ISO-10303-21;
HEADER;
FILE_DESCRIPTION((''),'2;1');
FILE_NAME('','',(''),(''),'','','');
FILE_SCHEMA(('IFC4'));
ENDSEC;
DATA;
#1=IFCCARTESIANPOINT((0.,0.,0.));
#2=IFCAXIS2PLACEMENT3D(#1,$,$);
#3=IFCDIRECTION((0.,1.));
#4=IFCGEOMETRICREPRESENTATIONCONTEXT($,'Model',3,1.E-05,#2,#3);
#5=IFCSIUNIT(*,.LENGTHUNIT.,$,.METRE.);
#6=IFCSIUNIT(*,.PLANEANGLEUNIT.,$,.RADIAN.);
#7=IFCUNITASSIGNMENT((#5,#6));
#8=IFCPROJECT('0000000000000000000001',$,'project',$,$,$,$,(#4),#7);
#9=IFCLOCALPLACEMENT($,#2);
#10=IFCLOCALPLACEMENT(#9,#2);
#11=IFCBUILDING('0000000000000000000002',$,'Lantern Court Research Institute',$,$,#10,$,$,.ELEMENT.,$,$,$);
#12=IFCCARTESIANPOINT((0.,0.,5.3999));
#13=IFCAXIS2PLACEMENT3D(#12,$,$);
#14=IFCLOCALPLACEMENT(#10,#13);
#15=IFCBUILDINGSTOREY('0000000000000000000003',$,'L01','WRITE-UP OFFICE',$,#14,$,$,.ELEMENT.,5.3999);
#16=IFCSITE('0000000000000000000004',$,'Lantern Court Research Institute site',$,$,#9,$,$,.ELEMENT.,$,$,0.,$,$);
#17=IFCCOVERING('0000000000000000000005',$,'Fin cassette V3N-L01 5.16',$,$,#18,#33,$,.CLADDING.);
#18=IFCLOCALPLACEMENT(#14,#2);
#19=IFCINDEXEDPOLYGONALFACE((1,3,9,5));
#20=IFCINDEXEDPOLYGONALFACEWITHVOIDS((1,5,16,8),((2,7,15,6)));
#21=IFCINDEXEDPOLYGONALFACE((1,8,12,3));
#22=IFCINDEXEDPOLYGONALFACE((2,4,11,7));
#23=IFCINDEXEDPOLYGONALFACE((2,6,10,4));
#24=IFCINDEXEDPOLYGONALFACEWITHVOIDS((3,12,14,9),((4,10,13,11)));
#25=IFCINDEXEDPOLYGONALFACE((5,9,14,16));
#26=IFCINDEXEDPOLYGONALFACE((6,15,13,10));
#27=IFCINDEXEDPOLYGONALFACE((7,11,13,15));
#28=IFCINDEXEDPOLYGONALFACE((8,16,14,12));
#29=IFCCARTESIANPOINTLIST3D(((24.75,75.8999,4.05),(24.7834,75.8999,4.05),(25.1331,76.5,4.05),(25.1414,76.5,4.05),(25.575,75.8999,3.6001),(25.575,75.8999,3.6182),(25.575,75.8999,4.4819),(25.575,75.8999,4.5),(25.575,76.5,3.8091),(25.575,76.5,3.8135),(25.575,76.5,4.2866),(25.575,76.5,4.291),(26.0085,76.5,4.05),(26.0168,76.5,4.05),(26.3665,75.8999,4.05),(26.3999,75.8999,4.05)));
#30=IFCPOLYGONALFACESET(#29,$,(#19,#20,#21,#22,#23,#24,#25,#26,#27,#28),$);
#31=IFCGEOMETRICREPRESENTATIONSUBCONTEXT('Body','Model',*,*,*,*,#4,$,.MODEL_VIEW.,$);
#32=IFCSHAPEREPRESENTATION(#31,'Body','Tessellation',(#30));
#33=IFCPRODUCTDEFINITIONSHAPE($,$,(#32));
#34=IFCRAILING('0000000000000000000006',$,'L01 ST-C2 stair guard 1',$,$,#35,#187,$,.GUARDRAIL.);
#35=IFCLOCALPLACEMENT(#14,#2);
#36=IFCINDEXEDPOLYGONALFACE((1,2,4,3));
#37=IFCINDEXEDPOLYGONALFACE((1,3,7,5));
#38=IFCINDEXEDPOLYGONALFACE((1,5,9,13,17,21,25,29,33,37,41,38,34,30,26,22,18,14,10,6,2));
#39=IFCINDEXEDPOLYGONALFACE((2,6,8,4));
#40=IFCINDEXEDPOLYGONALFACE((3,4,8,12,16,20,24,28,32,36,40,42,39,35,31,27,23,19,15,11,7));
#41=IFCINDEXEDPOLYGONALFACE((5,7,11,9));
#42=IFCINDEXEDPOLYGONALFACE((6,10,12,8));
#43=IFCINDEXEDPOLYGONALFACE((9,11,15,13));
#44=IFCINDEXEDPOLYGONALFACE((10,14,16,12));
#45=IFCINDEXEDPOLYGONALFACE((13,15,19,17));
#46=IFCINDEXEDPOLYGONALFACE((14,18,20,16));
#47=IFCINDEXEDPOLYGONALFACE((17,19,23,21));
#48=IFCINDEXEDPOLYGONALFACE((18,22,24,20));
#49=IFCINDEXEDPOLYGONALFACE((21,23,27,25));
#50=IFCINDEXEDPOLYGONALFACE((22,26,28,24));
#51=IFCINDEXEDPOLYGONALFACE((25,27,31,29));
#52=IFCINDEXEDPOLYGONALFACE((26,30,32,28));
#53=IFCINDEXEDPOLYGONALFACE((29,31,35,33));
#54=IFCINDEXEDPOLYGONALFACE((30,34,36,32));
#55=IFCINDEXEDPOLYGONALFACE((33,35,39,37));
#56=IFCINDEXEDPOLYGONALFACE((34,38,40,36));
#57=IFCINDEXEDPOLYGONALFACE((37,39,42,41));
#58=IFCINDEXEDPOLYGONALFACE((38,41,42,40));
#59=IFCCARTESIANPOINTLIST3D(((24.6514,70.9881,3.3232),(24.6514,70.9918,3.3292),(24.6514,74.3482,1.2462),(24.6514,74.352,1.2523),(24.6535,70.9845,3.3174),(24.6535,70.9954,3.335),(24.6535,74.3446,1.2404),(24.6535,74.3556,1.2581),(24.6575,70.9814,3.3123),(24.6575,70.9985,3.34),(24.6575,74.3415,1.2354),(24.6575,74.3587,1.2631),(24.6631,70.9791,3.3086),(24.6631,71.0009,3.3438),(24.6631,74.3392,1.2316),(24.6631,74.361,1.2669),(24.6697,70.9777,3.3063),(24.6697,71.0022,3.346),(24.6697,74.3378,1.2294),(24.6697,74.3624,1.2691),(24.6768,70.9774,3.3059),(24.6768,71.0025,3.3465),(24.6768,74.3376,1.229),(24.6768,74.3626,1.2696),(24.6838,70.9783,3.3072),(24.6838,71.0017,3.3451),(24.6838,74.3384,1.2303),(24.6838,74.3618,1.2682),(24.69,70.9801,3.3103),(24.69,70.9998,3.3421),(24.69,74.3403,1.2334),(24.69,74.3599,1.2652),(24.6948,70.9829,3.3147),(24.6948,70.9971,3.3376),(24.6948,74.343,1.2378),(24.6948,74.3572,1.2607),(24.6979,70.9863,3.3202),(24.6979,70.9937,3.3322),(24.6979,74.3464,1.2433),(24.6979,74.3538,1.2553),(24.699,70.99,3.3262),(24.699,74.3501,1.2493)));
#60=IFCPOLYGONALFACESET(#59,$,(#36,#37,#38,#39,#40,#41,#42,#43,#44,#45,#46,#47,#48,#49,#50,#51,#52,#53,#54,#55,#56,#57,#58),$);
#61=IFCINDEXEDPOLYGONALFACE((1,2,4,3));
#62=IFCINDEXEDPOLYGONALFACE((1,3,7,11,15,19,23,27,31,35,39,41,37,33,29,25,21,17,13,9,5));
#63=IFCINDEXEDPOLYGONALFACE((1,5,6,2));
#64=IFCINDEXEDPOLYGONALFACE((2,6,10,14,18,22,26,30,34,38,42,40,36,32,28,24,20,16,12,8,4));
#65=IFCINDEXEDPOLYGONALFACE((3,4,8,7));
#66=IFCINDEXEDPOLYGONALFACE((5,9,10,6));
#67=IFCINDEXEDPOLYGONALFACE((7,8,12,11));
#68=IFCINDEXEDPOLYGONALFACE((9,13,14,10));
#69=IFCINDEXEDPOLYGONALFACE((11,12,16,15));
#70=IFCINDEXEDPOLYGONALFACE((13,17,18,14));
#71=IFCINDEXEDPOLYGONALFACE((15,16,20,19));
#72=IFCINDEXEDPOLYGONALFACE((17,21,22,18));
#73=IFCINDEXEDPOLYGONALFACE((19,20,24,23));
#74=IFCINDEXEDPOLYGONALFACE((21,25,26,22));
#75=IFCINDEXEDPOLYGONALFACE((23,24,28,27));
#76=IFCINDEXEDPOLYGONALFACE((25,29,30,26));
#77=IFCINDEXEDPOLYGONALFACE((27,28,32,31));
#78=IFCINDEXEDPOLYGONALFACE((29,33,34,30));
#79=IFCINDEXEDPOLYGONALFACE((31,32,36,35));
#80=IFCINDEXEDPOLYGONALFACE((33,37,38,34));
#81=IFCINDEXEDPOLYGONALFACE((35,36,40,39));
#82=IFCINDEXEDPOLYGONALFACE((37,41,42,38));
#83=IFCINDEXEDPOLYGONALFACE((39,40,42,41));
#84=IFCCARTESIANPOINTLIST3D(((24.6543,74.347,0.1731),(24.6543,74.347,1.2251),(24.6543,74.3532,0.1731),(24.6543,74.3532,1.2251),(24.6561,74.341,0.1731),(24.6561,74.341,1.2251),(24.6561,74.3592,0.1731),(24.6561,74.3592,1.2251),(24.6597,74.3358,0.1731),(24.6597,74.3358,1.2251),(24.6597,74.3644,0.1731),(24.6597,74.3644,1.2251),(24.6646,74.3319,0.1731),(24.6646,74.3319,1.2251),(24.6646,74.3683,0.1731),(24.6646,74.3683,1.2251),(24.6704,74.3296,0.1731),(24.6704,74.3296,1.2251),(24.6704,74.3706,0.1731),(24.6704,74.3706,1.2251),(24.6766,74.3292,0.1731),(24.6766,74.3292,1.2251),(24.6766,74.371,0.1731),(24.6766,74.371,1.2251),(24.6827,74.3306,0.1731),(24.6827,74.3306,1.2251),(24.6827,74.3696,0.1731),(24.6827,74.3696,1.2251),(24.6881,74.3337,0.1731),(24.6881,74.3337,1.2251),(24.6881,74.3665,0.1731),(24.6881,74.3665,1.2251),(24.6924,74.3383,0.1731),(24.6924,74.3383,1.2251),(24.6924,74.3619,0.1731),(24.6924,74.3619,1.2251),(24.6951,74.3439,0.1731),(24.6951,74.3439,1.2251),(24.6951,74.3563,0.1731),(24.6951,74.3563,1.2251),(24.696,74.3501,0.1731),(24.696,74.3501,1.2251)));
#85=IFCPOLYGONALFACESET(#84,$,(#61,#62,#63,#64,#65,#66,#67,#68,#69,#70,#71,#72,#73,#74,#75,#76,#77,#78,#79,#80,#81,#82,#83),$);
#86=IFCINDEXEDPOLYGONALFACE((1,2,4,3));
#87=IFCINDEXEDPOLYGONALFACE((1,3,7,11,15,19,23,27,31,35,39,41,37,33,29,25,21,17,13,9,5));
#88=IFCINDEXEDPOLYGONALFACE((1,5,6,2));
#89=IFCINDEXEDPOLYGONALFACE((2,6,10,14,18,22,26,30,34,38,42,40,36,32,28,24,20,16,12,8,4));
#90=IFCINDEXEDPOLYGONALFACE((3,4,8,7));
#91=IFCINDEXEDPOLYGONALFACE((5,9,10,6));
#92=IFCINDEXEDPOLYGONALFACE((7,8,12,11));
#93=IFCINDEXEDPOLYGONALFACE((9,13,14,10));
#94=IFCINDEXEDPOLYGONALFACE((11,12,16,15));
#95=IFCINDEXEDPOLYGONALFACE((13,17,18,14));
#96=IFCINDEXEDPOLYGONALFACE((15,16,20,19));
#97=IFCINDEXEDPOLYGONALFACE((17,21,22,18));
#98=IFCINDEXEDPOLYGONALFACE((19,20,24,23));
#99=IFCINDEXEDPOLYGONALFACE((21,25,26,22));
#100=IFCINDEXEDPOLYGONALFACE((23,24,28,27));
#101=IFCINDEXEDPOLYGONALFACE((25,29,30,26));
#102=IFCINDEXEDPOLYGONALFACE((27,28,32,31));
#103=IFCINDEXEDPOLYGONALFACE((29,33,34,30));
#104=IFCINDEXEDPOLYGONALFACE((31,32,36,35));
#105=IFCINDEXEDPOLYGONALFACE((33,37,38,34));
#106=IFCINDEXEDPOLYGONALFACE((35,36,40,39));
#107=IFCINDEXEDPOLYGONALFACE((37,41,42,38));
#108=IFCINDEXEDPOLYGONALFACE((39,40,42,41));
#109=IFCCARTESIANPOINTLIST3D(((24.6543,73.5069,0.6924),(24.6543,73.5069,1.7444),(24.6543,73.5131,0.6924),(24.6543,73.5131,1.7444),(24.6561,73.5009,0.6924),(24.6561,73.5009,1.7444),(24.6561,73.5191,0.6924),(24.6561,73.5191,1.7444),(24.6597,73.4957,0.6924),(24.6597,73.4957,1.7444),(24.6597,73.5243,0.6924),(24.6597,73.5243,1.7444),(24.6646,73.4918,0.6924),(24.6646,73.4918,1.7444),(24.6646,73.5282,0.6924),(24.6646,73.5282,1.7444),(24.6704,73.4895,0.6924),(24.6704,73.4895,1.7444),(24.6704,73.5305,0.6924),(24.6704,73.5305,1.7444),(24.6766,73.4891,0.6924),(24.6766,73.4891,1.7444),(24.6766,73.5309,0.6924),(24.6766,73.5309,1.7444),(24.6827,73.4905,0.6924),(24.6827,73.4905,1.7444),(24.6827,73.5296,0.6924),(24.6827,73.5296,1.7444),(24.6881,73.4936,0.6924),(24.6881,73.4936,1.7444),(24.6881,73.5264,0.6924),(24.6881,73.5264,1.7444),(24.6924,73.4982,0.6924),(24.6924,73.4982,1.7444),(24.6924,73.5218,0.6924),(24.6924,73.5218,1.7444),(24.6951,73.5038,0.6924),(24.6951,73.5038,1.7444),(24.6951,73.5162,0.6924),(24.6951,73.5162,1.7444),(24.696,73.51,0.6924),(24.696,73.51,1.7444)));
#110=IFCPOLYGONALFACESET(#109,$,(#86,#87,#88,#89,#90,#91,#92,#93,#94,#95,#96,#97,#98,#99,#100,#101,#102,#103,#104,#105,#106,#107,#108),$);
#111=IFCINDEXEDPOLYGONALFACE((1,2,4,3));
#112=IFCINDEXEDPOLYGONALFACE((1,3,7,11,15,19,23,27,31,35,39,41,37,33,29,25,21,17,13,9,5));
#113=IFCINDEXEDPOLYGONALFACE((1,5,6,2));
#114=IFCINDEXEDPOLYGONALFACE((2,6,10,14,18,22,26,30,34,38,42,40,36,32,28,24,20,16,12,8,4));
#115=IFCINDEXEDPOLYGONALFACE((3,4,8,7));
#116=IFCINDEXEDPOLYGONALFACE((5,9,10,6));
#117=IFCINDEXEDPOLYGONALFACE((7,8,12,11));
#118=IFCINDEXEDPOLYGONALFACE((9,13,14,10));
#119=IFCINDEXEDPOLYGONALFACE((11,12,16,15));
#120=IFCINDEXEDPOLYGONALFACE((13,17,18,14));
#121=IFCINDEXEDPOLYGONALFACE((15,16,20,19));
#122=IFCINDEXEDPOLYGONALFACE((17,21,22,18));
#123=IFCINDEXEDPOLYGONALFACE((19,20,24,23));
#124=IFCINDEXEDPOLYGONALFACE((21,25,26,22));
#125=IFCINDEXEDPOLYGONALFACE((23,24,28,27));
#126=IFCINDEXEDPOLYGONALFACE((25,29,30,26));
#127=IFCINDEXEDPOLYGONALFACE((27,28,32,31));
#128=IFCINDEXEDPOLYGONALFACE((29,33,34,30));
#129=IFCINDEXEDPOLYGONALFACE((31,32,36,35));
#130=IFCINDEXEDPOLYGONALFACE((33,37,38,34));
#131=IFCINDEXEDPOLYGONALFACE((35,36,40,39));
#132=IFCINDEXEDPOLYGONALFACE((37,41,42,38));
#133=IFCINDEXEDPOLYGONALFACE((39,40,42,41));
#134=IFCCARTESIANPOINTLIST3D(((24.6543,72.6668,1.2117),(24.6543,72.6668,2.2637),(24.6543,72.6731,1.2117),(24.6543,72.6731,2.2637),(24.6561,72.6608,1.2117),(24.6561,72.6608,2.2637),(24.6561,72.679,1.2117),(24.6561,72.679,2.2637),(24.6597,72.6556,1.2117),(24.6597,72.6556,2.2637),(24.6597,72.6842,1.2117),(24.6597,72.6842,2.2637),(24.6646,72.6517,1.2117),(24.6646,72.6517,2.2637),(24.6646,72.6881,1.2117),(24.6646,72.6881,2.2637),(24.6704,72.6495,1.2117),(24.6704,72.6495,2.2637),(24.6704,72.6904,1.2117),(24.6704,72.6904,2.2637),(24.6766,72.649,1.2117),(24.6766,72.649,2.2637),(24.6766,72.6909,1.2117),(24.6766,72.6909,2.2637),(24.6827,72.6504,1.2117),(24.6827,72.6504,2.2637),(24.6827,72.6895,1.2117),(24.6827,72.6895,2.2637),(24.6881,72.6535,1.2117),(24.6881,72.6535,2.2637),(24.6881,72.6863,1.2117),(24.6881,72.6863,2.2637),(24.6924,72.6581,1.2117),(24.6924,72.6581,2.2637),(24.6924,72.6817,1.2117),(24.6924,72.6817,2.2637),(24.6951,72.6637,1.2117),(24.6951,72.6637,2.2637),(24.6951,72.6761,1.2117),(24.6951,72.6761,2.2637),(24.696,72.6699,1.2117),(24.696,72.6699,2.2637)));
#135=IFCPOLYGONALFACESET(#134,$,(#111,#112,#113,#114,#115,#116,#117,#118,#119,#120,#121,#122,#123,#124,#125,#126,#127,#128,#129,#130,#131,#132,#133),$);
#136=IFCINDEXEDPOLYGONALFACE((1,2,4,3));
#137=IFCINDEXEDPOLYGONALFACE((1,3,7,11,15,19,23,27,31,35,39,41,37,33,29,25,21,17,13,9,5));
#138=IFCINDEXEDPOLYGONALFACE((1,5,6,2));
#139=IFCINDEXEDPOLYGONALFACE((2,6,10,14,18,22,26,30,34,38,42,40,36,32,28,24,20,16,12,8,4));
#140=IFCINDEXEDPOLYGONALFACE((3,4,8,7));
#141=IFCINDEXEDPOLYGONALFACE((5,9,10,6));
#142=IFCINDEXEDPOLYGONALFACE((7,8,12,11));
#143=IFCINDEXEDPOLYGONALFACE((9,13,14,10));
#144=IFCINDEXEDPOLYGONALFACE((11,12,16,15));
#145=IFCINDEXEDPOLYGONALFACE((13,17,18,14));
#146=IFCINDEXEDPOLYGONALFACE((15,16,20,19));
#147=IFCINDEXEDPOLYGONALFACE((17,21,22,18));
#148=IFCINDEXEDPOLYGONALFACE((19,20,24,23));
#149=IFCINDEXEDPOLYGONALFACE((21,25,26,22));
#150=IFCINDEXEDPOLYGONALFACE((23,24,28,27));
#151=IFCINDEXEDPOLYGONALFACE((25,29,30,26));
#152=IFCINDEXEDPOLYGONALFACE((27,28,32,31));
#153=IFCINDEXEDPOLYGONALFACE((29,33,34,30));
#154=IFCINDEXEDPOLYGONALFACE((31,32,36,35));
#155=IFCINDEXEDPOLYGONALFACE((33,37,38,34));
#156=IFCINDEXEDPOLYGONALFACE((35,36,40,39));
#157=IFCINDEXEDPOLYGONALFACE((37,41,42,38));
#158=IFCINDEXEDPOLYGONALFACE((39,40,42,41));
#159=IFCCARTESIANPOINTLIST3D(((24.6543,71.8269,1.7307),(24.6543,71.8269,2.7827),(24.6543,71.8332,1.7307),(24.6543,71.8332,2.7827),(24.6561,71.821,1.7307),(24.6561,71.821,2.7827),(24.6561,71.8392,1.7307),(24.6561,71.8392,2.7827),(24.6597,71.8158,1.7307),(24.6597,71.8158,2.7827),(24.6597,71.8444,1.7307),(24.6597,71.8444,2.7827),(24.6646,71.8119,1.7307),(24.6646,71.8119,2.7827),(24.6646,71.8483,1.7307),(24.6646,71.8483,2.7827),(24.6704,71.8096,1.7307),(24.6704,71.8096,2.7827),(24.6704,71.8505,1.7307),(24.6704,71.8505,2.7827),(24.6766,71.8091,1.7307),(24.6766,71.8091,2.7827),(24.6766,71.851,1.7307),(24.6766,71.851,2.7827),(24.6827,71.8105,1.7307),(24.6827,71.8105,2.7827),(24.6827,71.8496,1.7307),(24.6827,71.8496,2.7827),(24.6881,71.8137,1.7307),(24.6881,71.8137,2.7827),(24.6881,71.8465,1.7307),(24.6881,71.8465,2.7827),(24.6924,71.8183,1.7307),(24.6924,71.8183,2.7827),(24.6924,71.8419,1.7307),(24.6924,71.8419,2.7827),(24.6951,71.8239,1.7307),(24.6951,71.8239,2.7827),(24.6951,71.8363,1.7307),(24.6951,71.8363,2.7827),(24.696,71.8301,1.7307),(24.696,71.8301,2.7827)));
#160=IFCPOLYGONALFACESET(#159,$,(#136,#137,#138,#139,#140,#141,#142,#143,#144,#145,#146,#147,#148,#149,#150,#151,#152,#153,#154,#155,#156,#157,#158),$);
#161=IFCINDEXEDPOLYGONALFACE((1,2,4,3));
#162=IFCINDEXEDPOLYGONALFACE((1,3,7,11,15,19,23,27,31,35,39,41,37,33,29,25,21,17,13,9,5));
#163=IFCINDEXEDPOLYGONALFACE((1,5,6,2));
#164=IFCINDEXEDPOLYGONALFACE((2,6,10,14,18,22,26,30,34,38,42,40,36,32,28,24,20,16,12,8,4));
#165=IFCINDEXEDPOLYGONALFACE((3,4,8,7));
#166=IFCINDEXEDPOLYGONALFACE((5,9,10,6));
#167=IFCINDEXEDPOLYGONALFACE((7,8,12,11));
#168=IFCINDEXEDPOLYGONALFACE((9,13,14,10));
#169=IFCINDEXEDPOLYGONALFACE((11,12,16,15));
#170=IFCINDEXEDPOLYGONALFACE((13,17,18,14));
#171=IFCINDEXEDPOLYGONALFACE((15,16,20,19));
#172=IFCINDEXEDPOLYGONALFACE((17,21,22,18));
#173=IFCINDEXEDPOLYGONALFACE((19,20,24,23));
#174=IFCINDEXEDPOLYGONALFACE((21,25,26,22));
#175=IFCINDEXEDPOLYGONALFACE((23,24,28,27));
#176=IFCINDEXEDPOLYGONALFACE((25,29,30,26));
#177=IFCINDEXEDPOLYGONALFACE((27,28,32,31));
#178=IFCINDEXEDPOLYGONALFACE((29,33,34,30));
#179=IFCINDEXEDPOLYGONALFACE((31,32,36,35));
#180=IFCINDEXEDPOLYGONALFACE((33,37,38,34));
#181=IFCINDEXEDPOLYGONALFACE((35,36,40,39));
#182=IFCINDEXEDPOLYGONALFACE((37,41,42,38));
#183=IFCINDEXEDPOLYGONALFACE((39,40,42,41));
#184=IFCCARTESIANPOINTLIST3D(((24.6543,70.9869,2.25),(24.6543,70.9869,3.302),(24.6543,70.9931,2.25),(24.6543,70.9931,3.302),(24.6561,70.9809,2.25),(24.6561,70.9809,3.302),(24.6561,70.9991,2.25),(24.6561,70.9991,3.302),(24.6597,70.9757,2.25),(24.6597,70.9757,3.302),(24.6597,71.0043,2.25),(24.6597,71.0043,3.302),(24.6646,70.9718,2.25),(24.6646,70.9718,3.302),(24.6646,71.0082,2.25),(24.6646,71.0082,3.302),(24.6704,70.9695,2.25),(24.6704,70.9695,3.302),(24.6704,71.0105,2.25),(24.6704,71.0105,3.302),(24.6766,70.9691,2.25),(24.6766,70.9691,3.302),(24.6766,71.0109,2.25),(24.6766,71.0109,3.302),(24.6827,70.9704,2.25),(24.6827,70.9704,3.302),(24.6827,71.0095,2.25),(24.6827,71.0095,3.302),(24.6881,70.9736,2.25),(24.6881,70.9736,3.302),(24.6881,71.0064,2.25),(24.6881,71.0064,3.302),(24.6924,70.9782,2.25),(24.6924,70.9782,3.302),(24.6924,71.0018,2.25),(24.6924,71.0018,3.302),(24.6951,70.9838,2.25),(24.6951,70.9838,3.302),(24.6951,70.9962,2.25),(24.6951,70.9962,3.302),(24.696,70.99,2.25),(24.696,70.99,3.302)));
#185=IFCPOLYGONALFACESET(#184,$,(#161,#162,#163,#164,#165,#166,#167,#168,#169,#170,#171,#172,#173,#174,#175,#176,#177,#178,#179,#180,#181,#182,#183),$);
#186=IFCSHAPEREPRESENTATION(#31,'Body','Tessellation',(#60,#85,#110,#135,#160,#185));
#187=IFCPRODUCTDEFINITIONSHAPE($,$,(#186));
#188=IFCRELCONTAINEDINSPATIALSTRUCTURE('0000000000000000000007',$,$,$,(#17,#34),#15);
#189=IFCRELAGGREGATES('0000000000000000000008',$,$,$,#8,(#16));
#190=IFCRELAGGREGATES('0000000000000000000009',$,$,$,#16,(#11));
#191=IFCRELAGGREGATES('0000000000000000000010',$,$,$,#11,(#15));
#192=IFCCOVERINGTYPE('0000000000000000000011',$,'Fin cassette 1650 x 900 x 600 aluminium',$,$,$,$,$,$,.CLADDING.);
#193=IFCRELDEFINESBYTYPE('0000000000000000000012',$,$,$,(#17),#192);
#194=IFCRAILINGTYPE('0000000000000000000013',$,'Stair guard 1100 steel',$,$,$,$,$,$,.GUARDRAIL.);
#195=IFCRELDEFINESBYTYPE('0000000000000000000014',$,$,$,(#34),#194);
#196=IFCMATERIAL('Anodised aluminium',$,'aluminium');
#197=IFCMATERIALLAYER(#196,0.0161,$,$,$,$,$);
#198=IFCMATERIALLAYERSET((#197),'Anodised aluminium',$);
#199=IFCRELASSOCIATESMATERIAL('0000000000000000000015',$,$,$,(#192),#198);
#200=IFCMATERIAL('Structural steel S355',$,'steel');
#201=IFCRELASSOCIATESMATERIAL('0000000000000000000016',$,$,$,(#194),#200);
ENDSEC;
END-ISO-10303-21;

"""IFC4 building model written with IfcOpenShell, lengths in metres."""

from ifc_helpers import new_model, entity, si_unit, direction, frame, origin, origin_2d, place, context, subcontext, project, spatial, circle, extrude, material, layer, layer_set, type_object, element, save


model = new_model("IFC4")

# Units and contexts
model_context = context("Model", 3, precision=1e-05, world=origin(), true_north=direction((0.0, 1.0)))
body_context = subcontext(model_context, "Body", "Model", "MODEL_VIEW")
ifc_project = project(units=[si_unit("LENGTHUNIT", "METRE"), si_unit("PLANEANGLEUNIT", "RADIAN")], contexts=[model_context])

# Site, building, storey
site_placement = place(None, origin())
site = spatial("IfcSite", under=ifc_project, at=site_placement, Name="Lantern Court Research Institute site", CompositionType="ELEMENT", RefElevation=0.0)
building_placement = place(site_placement, origin())
building = spatial("IfcBuilding", under=site, at=building_placement, Name="Lantern Court Research Institute", CompositionType="ELEMENT")
storey_placement = place(building_placement, frame((0.0, 0.0, 5.3999)))
storey = spatial("IfcBuildingStorey", under=building, at=storey_placement, Name="L01", Description="WRITE-UP OFFICE", CompositionType="ELEMENT", Elevation=5.3999)

# Covering
ifc_material_1 = material(Name="Anodised aluminium", Category="aluminium")
ifc_layer_1 = layer(ifc_material_1, 0.0161)
ifc_layer_set_1 = layer_set([ifc_layer_1], Name="Anodised aluminium")
covering_type = type_object("IfcCoveringType", Name="Fin cassette 1650 x 900 x 600 aluminium", PredefinedType="CLADDING", material=ifc_layer_set_1)
covering_1_placement = place(storey_placement, frame((25.575, 75.8999, 4.05), z_axis=(0.0, 1.0, 0.0), x_axis=(-1.0, 0.0, 0.0)))
cartesian_point_1 = entity("IfcCartesianPoint", [0.825, 0.0])
cartesian_point_2 = entity("IfcCartesianPoint", [0.7915, 0.0])
cartesian_point_3 = entity("IfcCartesianPoint", [0.4419, 0.0])
cartesian_point_4 = entity("IfcCartesianPoint", [0.4336, 0.0])
element("IfcCovering", 1, at=covering_1_placement, inside=storey, type_object=covering_type, Name="Fin cassette V3N-L01 5.16", PredefinedType="CLADDING", context=body_context, shape_type="SweptSolid", body=[
    entity("IfcExtrudedAreaSolidTapered", entity("IfcArbitraryProfileDefWithVoids", "AREA", None, entity("IfcPolyline", [cartesian_point_1, entity("IfcCartesianPoint", [0.0, 0.45]), entity("IfcCartesianPoint", [-0.825, 0.0]), entity("IfcCartesianPoint", [0.0, -0.45]), cartesian_point_1]), [entity("IfcPolyline", [cartesian_point_2, entity("IfcCartesianPoint", [0.0, 0.4319]), entity("IfcCartesianPoint", [-0.7915, 0.0]), entity("IfcCartesianPoint", [0.0, -0.4319]), cartesian_point_2])]), entity("IfcAxis2Placement3D", entity("IfcCartesianPoint", [0.0, 0.0, 0.0])), entity("IfcDirection", [0.0, 0.0, 1.0]), 0.6001, entity("IfcArbitraryProfileDefWithVoids", "AREA", None, entity("IfcPolyline", [cartesian_point_3, entity("IfcCartesianPoint", [0.0, 0.241]), entity("IfcCartesianPoint", [-0.4419, 0.0]), entity("IfcCartesianPoint", [0.0, -0.241]), cartesian_point_3]), [entity("IfcPolyline", [cartesian_point_4, entity("IfcCartesianPoint", [0.0, 0.2366]), entity("IfcCartesianPoint", [-0.4336, 0.0]), entity("IfcCartesianPoint", [0.0, -0.2366]), cartesian_point_4])])),
])

# Railing
ifc_material_2 = material(Name="Structural steel S355", Category="steel")
railing_type_1 = type_object("IfcRailingType", Name="Stair guard 1100 steel", PredefinedType="GUARDRAIL", material=ifc_material_2)
railing_1_placement = place(storey_placement, frame((24.675, 74.3501, 0.1731)))
element("IfcRailing", 2, at=railing_1_placement, inside=storey, type_object=railing_type_1, Name="L01 ST-C2 stair guard 1", PredefinedType="GUARDRAIL", context=body_context, shape_type="SweptSolid", body=[
    extrude(circle(Radius=0.0239, at=origin_2d()), frame((0.0, 0.0, 1.0762), z_axis=(0.0, -0.850623, 0.525776), x_axis=(1.0, 0.0, 0.0)), (0.0, 0.0, 1.0), 3.9502),
    extrude(circle(Radius=0.021, at=origin_2d()), origin(), (0.0, 0.0, 1.0), 1.052),
    extrude(circle(Radius=0.021, at=origin_2d()), frame((0.0, -0.8401, 0.5193)), (0.0, 0.0, 1.0), 1.052),
    extrude(circle(Radius=0.021, at=origin_2d()), frame((0.0, -1.6802, 1.0386)), (0.0, 0.0, 1.0), 1.052),
    extrude(circle(Radius=0.021, at=origin_2d()), frame((0.0, -2.52, 1.5576)), (0.0, 0.0, 1.0), 1.052),
    extrude(circle(Radius=0.021, at=origin_2d()), frame((0.0, -3.3601, 2.0769)), (0.0, 0.0, 1.0), 1.052),
])

save(model, "model.ifc")
